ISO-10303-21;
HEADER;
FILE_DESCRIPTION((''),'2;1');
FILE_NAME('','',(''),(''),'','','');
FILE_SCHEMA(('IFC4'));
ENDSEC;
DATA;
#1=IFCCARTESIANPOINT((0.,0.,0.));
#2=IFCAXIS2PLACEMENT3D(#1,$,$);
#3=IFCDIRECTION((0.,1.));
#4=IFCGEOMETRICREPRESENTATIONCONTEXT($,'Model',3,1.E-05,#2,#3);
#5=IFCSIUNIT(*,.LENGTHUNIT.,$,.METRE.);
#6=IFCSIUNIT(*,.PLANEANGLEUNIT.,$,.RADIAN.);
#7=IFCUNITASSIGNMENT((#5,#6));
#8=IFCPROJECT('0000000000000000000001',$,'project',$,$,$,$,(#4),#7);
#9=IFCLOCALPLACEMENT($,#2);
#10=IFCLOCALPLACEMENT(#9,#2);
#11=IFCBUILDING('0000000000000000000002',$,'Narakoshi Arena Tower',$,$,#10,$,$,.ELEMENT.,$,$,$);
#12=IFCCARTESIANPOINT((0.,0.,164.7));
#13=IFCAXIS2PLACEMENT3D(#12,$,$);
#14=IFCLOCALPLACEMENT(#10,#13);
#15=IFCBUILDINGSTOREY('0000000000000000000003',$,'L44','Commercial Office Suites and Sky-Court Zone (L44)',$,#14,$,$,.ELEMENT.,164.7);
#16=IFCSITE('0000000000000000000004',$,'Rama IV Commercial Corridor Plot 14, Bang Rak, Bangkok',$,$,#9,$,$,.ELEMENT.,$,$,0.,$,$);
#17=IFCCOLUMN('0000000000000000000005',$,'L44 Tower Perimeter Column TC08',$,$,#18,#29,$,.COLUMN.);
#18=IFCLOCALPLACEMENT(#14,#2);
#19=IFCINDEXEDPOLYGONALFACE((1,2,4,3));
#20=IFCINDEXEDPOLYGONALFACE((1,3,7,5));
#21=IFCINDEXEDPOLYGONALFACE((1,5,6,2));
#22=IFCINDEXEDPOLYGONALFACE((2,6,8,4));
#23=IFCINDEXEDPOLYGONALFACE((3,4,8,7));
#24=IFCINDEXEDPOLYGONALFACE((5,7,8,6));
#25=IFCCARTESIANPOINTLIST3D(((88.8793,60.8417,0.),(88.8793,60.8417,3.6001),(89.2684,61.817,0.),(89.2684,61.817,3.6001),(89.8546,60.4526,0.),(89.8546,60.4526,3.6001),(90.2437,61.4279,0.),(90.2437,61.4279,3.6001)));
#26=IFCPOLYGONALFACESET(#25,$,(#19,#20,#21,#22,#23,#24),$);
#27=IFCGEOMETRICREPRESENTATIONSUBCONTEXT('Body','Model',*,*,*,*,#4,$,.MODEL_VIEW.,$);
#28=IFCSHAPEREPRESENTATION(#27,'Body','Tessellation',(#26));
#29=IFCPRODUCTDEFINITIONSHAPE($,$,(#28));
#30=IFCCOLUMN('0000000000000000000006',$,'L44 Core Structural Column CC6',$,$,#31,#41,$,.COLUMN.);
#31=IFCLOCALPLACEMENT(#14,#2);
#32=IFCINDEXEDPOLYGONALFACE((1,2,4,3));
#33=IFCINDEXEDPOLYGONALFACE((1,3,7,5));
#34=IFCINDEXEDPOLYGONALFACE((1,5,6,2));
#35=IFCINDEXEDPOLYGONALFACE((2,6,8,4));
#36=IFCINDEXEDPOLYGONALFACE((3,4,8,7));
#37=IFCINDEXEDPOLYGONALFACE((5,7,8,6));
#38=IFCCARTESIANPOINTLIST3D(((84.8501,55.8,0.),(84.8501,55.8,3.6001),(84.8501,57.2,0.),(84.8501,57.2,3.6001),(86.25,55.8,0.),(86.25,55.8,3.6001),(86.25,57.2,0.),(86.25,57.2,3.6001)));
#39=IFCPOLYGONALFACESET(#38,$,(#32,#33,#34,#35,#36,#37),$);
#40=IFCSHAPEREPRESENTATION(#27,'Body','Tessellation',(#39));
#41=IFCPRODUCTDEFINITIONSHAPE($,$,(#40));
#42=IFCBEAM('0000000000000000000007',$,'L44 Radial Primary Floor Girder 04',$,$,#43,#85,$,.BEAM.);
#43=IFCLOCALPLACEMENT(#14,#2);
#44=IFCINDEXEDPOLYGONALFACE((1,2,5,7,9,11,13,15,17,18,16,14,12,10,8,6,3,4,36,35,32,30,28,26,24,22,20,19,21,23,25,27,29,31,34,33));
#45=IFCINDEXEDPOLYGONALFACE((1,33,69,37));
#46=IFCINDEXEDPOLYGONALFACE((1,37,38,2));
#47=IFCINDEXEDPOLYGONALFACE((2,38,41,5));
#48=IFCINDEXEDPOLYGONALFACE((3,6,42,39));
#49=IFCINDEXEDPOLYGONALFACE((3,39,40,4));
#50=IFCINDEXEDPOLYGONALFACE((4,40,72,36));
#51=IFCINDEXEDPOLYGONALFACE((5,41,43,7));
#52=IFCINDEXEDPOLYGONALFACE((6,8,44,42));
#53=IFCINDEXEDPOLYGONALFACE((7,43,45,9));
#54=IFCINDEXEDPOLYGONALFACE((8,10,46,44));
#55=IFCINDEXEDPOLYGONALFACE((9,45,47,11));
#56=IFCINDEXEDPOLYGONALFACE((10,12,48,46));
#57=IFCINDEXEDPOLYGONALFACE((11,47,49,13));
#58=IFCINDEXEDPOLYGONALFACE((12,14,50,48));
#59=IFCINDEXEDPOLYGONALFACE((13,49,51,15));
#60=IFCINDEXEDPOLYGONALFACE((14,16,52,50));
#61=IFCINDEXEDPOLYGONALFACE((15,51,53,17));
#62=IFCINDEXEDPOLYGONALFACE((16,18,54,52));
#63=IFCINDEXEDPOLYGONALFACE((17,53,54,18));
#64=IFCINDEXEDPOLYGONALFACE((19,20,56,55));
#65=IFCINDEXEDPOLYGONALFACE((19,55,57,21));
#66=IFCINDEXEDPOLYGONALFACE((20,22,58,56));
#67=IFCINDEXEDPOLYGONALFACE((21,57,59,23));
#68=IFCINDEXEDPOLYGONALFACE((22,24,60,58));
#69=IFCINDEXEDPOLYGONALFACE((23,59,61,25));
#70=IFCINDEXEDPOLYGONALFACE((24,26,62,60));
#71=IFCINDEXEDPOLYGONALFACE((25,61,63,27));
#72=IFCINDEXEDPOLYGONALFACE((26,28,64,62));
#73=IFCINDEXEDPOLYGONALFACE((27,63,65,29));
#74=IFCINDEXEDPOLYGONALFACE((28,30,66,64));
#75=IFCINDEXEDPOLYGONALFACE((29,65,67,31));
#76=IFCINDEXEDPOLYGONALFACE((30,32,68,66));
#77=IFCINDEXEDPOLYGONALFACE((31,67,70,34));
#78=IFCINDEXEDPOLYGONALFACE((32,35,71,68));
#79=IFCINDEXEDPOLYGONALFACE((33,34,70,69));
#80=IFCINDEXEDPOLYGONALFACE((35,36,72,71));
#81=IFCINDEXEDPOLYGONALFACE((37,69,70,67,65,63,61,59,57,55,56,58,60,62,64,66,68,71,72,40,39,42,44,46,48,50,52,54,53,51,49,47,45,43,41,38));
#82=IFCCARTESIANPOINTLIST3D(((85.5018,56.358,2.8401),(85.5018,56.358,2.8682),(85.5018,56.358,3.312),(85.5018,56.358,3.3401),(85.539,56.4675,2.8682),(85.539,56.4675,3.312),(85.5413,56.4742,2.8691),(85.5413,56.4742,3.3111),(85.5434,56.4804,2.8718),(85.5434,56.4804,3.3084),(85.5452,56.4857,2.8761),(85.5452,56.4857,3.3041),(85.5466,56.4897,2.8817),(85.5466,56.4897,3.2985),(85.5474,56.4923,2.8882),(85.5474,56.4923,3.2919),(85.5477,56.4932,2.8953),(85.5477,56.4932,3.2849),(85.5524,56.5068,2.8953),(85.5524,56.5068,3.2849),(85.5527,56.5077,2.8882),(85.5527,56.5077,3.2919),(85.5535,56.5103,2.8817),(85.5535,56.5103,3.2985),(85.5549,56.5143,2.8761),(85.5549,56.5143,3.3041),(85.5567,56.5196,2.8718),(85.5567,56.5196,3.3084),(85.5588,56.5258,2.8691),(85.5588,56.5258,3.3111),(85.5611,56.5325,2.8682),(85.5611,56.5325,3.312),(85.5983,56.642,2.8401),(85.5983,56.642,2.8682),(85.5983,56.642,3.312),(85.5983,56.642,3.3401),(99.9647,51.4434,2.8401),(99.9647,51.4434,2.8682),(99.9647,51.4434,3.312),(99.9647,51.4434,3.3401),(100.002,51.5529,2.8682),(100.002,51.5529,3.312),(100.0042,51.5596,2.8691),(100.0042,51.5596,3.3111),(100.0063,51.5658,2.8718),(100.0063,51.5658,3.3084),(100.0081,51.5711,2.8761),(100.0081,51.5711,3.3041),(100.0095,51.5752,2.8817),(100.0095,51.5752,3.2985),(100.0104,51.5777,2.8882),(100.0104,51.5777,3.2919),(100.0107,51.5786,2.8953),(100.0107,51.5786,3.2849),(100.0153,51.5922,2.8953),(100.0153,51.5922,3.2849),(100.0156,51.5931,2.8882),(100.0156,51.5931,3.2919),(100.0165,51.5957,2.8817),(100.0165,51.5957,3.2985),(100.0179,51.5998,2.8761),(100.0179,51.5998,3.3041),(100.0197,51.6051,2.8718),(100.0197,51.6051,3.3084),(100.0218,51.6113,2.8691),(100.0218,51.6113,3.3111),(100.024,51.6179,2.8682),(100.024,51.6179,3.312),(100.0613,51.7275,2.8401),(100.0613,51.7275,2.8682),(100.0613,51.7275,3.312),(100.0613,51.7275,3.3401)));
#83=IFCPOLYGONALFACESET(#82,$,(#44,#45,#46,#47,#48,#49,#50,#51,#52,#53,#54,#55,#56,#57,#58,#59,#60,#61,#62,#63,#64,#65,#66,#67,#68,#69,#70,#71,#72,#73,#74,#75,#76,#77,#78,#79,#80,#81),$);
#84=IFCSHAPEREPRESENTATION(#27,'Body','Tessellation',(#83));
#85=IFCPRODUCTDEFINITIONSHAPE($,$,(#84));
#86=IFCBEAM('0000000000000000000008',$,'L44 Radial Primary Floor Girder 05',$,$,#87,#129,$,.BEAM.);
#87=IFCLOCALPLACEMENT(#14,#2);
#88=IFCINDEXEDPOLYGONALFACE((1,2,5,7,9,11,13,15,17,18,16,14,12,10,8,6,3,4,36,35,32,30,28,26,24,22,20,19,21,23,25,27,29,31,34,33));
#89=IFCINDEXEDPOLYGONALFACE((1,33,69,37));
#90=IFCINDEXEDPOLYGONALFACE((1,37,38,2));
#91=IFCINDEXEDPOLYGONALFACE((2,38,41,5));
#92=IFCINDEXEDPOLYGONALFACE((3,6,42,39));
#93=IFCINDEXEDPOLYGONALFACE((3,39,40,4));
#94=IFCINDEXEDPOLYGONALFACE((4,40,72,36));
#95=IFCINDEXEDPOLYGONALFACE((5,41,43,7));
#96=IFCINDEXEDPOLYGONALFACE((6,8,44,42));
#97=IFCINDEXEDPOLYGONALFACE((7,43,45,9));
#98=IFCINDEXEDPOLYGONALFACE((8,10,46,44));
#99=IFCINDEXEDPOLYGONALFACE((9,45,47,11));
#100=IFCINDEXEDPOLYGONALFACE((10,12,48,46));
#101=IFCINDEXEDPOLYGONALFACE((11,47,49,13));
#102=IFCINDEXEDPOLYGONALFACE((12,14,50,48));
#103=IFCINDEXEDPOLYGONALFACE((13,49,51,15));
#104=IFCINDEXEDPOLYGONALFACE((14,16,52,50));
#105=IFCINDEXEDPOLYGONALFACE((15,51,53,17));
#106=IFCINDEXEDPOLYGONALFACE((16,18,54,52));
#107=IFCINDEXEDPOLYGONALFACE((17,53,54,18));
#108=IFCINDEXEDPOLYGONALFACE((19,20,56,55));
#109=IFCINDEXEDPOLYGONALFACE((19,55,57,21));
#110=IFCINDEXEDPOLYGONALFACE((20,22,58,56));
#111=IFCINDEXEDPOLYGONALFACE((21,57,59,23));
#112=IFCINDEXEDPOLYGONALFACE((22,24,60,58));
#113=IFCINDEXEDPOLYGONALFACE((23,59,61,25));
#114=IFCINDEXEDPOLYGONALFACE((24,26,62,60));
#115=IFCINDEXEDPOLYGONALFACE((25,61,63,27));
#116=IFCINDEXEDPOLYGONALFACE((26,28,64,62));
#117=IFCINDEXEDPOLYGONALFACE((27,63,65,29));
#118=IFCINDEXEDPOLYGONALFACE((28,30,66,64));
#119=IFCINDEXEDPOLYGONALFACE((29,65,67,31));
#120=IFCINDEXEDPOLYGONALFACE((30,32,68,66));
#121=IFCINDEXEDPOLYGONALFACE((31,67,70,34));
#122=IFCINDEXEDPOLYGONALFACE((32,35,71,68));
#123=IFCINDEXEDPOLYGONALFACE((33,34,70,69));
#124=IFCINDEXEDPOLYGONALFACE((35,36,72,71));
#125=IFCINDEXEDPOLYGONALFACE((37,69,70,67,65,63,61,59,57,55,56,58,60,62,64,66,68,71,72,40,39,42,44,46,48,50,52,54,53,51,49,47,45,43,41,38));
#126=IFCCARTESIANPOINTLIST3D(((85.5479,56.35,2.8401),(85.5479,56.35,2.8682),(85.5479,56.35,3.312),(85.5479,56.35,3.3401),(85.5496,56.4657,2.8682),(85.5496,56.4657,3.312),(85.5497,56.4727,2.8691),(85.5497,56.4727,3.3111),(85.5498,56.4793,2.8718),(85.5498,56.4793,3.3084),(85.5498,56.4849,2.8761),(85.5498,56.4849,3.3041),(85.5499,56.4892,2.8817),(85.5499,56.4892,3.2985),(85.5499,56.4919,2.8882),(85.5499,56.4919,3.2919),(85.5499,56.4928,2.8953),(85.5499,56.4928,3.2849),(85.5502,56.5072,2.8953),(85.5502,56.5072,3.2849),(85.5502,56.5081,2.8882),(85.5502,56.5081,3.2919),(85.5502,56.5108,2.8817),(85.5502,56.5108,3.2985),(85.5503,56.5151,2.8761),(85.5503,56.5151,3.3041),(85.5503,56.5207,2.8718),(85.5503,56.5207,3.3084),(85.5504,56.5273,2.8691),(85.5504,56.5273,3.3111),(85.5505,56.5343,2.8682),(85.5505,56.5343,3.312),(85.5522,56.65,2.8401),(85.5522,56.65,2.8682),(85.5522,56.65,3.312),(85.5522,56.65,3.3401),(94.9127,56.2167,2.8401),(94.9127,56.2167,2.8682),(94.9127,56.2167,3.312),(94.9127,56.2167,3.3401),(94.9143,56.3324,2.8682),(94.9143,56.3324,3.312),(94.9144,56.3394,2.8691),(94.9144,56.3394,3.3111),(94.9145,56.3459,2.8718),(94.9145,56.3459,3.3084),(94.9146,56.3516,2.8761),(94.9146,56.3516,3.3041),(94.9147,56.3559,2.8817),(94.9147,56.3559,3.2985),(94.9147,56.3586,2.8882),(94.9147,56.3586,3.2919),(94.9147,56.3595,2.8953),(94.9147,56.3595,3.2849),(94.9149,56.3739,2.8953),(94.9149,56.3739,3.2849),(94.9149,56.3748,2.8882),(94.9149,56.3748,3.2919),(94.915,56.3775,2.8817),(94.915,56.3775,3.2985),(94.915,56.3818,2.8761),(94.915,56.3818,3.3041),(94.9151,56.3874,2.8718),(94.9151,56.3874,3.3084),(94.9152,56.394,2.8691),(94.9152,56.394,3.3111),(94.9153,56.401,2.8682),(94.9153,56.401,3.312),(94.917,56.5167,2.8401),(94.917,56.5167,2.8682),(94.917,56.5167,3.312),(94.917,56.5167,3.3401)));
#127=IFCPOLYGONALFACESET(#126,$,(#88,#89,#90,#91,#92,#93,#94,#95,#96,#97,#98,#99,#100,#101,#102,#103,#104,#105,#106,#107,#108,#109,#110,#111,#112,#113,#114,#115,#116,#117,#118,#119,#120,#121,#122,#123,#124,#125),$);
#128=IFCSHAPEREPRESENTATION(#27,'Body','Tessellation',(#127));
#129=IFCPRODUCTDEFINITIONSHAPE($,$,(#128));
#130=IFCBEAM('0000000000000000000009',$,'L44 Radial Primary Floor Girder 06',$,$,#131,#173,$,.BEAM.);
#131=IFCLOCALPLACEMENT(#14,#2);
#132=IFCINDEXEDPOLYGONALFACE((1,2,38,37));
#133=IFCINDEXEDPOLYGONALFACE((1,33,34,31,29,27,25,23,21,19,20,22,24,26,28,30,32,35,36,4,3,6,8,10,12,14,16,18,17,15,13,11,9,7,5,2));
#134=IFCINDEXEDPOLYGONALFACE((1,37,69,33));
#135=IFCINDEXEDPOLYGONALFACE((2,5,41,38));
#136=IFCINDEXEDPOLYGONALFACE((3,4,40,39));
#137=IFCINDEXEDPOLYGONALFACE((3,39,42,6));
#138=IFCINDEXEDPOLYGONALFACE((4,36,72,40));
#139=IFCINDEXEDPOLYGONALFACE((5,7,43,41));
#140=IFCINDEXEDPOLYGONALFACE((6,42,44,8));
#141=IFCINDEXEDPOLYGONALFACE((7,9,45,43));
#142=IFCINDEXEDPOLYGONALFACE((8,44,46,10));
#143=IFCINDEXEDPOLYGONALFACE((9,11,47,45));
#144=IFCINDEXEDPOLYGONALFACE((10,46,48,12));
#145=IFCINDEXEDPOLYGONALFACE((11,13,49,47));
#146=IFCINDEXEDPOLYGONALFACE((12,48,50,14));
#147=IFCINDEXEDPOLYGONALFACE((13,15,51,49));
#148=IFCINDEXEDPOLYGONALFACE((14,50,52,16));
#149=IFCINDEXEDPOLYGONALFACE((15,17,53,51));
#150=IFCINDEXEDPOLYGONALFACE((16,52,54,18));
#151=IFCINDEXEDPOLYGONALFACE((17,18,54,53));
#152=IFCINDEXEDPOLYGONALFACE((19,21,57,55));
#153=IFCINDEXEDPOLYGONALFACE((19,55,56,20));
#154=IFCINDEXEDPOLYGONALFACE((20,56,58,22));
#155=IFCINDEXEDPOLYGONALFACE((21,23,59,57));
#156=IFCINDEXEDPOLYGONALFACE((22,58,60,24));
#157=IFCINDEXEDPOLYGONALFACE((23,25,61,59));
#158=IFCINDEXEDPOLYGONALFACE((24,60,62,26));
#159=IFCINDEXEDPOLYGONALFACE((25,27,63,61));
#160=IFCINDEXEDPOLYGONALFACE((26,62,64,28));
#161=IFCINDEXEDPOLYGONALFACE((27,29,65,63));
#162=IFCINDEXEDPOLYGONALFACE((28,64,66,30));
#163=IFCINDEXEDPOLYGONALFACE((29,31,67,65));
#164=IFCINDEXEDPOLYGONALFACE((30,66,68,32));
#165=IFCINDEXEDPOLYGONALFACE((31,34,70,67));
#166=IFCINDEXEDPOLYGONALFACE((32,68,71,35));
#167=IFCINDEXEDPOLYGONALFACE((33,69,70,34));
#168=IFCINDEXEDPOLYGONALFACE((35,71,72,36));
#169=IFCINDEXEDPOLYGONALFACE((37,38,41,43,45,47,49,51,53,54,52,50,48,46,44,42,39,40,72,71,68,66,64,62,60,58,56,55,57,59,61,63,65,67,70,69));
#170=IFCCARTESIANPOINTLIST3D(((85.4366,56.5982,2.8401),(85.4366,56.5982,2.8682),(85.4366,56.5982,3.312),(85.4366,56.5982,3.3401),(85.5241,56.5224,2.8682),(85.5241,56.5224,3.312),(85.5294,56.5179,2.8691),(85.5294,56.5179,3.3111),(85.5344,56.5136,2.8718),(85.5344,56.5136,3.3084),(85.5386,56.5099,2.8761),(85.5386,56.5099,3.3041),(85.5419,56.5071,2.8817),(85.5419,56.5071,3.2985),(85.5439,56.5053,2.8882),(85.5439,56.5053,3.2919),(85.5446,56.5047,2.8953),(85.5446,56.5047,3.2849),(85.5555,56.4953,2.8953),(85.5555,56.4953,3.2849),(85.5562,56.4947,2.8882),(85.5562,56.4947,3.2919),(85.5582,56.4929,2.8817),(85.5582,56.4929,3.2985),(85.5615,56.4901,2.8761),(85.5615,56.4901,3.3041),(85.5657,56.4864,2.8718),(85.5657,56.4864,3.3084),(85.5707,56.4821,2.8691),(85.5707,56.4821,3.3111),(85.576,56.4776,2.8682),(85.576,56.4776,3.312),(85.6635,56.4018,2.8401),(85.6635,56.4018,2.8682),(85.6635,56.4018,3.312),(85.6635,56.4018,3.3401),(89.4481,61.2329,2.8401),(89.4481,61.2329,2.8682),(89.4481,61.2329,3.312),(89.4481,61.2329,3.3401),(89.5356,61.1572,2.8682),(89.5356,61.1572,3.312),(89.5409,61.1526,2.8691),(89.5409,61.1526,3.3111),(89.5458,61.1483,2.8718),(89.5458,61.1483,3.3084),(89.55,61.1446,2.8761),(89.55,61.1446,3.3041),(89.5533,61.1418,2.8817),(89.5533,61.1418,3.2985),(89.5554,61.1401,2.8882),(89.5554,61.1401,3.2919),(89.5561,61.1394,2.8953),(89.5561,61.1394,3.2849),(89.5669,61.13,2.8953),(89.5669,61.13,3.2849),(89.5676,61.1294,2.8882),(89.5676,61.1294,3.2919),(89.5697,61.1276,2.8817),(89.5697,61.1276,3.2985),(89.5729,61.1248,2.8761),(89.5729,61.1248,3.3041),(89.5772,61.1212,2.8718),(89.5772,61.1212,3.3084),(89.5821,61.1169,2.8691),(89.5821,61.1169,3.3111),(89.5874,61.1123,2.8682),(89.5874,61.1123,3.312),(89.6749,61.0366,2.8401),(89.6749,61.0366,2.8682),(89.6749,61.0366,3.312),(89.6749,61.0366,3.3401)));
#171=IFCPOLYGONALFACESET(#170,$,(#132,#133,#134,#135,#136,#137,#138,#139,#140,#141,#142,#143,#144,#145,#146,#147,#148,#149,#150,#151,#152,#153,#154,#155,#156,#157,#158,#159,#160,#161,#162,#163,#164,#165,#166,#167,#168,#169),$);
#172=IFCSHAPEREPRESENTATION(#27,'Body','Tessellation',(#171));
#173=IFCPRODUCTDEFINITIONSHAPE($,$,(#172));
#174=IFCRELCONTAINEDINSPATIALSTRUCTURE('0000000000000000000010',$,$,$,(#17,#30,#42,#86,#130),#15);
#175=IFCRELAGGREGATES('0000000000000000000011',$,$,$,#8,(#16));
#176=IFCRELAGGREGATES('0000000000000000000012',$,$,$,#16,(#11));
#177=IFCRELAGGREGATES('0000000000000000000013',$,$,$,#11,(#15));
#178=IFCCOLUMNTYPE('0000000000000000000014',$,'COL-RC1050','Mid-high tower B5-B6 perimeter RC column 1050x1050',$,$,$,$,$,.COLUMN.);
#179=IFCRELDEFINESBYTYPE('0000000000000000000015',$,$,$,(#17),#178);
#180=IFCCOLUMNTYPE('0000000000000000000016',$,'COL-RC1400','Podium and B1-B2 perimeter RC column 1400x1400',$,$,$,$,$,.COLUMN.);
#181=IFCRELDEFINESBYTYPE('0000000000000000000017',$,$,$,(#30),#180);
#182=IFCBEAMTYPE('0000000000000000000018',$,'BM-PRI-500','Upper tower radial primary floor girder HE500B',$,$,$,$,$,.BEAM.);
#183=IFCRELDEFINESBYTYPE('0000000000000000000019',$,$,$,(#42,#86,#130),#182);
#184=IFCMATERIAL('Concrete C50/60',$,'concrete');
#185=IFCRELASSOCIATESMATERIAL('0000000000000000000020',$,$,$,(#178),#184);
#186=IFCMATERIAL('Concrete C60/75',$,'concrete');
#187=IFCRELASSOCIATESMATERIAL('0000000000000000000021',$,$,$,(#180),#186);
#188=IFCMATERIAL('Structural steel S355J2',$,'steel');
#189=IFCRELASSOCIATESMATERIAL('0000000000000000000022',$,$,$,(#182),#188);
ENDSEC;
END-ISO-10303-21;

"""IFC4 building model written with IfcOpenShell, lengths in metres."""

from ifc_helpers import new_model, si_unit, direction, frame, origin, origin_2d, place, context, subcontext, project, spatial, rectangle, i_section, extrude, material, material_profile, profile_set, type_object, element, save


model = new_model("IFC4")

# Units and contexts
model_context = context("Model", 3, precision=1e-05, world=origin(), true_north=direction((0.0, 1.0)))
body_context = subcontext(model_context, "Body", "Model", "MODEL_VIEW")
ifc_project = project(units=[si_unit("LENGTHUNIT", "METRE"), si_unit("PLANEANGLEUNIT", "RADIAN")], contexts=[model_context])

# Site, building, storey
site_placement = place(None, origin())
site = spatial("IfcSite", under=ifc_project, at=site_placement, Name="Rama IV Commercial Corridor Plot 14, Bang Rak, Bangkok", CompositionType="ELEMENT", RefElevation=0.0)
building_placement = place(site_placement, origin())
building = spatial("IfcBuilding", under=site, at=building_placement, Name="Narakoshi Arena Tower", CompositionType="ELEMENT")
storey_placement = place(building_placement, frame((0.0, 0.0, 164.7)))
storey = spatial("IfcBuildingStorey", under=building, at=storey_placement, Name="L44", Description="Commercial Office Suites and Sky-Court Zone (L44)", CompositionType="ELEMENT", Elevation=164.7)

# Columns
ifc_material_1 = material(Name="Concrete C50/60", Category="concrete")
ifc_material_profile_1 = material_profile(ifc_material_1, rectangle(XDim=1.05, YDim=1.05, at=origin_2d()), Name="RC1050x1050")
ifc_profile_set_1 = profile_set([ifc_material_profile_1], Name="Concrete C50/60")
column_type_1 = type_object("IfcColumnType", Name="COL-RC1050", Description="Mid-high tower B5-B6 perimeter RC column 1050x1050", PredefinedType="COLUMN", material=ifc_profile_set_1)
column_1_placement = place(storey_placement, frame((89.5615, 61.1348, 0.0), z_axis=(0.0, 0.0, 1.0), x_axis=(0.370557, 0.92881, 0.0)))
element("IfcColumn", 1, at=column_1_placement, inside=storey, type_object=column_type_1, Name="L44 Tower Perimeter Column TC08", PredefinedType="COLUMN", context=body_context, shape_type="SweptSolid", body=[
    extrude(rectangle(XDim=1.05, YDim=1.05, at=origin_2d()), origin(), (0.0, 0.0, 1.0), 3.6001),
])
ifc_material_2 = material(Name="Concrete C60/75", Category="concrete")
ifc_material_profile_2 = material_profile(ifc_material_2, rectangle(XDim=1.3999, YDim=1.3999, at=origin_2d()), Name="RC1400x1400")
ifc_profile_set_2 = profile_set([ifc_material_profile_2], Name="Concrete C60/75")
column_type_2 = type_object("IfcColumnType", Name="COL-RC1400", Description="Podium and B1-B2 perimeter RC column 1400x1400", PredefinedType="COLUMN", material=ifc_profile_set_2)
column_2_placement = place(storey_placement, frame((85.55, 56.5, 0.0), z_axis=(0.0, 0.0, 1.0), x_axis=(1.0, 0.0, 0.0)))
element("IfcColumn", 2, at=column_2_placement, inside=storey, type_object=column_type_2, Name="L44 Core Structural Column CC6", PredefinedType="COLUMN", context=body_context, shape_type="SweptSolid", body=[
    extrude(rectangle(XDim=1.3999, YDim=1.3999, at=origin_2d()), origin(), (0.0, 0.0, 1.0), 3.6001),
])

# Beams
ifc_material_3 = material(Name="Structural steel S355J2", Category="steel")
ifc_material_profile_3 = material_profile(ifc_material_3, i_section(OverallWidth=0.3, OverallDepth=0.5, WebThickness=0.0144, FlangeThickness=0.0281, FilletRadius=0.0271, at=origin_2d()), Name="HE500B")
ifc_profile_set_3 = profile_set([ifc_material_profile_3], Name="Structural steel S355J2")
beam_type_1 = type_object("IfcBeamType", Name="BM-PRI-500", Description="Upper tower radial primary floor girder HE500B", PredefinedType="BEAM", material=ifc_profile_set_3)
beam_1_placement = place(storey_placement, frame((85.55, 56.5, 3.0901), z_axis=(0.946829, -0.321737, 0.0), x_axis=(0.321737, 0.946829, 0.0)))
element("IfcBeam", 3, at=beam_1_placement, inside=storey, type_object=beam_type_1, Name="L44 Radial Primary Floor Girder 04", PredefinedType="BEAM", context=body_context, shape_type="SweptSolid", body=[
    extrude(i_section(OverallWidth=0.3, OverallDepth=0.5, WebThickness=0.0144, FlangeThickness=0.0281, FilletRadius=0.0271, at=origin_2d()), origin(), (0.0, 0.0, 1.0), 15.2751),
])
beam_2_placement = place(storey_placement, frame((85.55, 56.5, 3.0901), z_axis=(0.999899, -0.014233, 0.0), x_axis=(0.014233, 0.999899, 0.0)))
element("IfcBeam", 4, at=beam_2_placement, inside=storey, type_object=beam_type_1, Name="L44 Radial Primary Floor Girder 05", PredefinedType="BEAM", context=body_context, shape_type="SweptSolid", body=[
    extrude(i_section(OverallWidth=0.3, OverallDepth=0.5, WebThickness=0.0144, FlangeThickness=0.0281, FilletRadius=0.0271, at=origin_2d()), origin(), (0.0, 0.0, 1.0), 9.3657),
])
beam_3_placement = place(storey_placement, frame((85.55, 56.5, 3.0901), z_axis=(0.654435, 0.756119, 0.0), x_axis=(-0.756119, 0.654435, 0.0)))
element("IfcBeam", 5, at=beam_3_placement, inside=storey, type_object=beam_type_1, Name="L44 Radial Primary Floor Girder 06", PredefinedType="BEAM", context=body_context, shape_type="SweptSolid", body=[
    extrude(i_section(OverallWidth=0.3, OverallDepth=0.5, WebThickness=0.0144, FlangeThickness=0.0281, FilletRadius=0.0271, at=origin_2d()), origin(), (0.0, 0.0, 1.0), 6.1296),
])

save(model, "model.ifc")
